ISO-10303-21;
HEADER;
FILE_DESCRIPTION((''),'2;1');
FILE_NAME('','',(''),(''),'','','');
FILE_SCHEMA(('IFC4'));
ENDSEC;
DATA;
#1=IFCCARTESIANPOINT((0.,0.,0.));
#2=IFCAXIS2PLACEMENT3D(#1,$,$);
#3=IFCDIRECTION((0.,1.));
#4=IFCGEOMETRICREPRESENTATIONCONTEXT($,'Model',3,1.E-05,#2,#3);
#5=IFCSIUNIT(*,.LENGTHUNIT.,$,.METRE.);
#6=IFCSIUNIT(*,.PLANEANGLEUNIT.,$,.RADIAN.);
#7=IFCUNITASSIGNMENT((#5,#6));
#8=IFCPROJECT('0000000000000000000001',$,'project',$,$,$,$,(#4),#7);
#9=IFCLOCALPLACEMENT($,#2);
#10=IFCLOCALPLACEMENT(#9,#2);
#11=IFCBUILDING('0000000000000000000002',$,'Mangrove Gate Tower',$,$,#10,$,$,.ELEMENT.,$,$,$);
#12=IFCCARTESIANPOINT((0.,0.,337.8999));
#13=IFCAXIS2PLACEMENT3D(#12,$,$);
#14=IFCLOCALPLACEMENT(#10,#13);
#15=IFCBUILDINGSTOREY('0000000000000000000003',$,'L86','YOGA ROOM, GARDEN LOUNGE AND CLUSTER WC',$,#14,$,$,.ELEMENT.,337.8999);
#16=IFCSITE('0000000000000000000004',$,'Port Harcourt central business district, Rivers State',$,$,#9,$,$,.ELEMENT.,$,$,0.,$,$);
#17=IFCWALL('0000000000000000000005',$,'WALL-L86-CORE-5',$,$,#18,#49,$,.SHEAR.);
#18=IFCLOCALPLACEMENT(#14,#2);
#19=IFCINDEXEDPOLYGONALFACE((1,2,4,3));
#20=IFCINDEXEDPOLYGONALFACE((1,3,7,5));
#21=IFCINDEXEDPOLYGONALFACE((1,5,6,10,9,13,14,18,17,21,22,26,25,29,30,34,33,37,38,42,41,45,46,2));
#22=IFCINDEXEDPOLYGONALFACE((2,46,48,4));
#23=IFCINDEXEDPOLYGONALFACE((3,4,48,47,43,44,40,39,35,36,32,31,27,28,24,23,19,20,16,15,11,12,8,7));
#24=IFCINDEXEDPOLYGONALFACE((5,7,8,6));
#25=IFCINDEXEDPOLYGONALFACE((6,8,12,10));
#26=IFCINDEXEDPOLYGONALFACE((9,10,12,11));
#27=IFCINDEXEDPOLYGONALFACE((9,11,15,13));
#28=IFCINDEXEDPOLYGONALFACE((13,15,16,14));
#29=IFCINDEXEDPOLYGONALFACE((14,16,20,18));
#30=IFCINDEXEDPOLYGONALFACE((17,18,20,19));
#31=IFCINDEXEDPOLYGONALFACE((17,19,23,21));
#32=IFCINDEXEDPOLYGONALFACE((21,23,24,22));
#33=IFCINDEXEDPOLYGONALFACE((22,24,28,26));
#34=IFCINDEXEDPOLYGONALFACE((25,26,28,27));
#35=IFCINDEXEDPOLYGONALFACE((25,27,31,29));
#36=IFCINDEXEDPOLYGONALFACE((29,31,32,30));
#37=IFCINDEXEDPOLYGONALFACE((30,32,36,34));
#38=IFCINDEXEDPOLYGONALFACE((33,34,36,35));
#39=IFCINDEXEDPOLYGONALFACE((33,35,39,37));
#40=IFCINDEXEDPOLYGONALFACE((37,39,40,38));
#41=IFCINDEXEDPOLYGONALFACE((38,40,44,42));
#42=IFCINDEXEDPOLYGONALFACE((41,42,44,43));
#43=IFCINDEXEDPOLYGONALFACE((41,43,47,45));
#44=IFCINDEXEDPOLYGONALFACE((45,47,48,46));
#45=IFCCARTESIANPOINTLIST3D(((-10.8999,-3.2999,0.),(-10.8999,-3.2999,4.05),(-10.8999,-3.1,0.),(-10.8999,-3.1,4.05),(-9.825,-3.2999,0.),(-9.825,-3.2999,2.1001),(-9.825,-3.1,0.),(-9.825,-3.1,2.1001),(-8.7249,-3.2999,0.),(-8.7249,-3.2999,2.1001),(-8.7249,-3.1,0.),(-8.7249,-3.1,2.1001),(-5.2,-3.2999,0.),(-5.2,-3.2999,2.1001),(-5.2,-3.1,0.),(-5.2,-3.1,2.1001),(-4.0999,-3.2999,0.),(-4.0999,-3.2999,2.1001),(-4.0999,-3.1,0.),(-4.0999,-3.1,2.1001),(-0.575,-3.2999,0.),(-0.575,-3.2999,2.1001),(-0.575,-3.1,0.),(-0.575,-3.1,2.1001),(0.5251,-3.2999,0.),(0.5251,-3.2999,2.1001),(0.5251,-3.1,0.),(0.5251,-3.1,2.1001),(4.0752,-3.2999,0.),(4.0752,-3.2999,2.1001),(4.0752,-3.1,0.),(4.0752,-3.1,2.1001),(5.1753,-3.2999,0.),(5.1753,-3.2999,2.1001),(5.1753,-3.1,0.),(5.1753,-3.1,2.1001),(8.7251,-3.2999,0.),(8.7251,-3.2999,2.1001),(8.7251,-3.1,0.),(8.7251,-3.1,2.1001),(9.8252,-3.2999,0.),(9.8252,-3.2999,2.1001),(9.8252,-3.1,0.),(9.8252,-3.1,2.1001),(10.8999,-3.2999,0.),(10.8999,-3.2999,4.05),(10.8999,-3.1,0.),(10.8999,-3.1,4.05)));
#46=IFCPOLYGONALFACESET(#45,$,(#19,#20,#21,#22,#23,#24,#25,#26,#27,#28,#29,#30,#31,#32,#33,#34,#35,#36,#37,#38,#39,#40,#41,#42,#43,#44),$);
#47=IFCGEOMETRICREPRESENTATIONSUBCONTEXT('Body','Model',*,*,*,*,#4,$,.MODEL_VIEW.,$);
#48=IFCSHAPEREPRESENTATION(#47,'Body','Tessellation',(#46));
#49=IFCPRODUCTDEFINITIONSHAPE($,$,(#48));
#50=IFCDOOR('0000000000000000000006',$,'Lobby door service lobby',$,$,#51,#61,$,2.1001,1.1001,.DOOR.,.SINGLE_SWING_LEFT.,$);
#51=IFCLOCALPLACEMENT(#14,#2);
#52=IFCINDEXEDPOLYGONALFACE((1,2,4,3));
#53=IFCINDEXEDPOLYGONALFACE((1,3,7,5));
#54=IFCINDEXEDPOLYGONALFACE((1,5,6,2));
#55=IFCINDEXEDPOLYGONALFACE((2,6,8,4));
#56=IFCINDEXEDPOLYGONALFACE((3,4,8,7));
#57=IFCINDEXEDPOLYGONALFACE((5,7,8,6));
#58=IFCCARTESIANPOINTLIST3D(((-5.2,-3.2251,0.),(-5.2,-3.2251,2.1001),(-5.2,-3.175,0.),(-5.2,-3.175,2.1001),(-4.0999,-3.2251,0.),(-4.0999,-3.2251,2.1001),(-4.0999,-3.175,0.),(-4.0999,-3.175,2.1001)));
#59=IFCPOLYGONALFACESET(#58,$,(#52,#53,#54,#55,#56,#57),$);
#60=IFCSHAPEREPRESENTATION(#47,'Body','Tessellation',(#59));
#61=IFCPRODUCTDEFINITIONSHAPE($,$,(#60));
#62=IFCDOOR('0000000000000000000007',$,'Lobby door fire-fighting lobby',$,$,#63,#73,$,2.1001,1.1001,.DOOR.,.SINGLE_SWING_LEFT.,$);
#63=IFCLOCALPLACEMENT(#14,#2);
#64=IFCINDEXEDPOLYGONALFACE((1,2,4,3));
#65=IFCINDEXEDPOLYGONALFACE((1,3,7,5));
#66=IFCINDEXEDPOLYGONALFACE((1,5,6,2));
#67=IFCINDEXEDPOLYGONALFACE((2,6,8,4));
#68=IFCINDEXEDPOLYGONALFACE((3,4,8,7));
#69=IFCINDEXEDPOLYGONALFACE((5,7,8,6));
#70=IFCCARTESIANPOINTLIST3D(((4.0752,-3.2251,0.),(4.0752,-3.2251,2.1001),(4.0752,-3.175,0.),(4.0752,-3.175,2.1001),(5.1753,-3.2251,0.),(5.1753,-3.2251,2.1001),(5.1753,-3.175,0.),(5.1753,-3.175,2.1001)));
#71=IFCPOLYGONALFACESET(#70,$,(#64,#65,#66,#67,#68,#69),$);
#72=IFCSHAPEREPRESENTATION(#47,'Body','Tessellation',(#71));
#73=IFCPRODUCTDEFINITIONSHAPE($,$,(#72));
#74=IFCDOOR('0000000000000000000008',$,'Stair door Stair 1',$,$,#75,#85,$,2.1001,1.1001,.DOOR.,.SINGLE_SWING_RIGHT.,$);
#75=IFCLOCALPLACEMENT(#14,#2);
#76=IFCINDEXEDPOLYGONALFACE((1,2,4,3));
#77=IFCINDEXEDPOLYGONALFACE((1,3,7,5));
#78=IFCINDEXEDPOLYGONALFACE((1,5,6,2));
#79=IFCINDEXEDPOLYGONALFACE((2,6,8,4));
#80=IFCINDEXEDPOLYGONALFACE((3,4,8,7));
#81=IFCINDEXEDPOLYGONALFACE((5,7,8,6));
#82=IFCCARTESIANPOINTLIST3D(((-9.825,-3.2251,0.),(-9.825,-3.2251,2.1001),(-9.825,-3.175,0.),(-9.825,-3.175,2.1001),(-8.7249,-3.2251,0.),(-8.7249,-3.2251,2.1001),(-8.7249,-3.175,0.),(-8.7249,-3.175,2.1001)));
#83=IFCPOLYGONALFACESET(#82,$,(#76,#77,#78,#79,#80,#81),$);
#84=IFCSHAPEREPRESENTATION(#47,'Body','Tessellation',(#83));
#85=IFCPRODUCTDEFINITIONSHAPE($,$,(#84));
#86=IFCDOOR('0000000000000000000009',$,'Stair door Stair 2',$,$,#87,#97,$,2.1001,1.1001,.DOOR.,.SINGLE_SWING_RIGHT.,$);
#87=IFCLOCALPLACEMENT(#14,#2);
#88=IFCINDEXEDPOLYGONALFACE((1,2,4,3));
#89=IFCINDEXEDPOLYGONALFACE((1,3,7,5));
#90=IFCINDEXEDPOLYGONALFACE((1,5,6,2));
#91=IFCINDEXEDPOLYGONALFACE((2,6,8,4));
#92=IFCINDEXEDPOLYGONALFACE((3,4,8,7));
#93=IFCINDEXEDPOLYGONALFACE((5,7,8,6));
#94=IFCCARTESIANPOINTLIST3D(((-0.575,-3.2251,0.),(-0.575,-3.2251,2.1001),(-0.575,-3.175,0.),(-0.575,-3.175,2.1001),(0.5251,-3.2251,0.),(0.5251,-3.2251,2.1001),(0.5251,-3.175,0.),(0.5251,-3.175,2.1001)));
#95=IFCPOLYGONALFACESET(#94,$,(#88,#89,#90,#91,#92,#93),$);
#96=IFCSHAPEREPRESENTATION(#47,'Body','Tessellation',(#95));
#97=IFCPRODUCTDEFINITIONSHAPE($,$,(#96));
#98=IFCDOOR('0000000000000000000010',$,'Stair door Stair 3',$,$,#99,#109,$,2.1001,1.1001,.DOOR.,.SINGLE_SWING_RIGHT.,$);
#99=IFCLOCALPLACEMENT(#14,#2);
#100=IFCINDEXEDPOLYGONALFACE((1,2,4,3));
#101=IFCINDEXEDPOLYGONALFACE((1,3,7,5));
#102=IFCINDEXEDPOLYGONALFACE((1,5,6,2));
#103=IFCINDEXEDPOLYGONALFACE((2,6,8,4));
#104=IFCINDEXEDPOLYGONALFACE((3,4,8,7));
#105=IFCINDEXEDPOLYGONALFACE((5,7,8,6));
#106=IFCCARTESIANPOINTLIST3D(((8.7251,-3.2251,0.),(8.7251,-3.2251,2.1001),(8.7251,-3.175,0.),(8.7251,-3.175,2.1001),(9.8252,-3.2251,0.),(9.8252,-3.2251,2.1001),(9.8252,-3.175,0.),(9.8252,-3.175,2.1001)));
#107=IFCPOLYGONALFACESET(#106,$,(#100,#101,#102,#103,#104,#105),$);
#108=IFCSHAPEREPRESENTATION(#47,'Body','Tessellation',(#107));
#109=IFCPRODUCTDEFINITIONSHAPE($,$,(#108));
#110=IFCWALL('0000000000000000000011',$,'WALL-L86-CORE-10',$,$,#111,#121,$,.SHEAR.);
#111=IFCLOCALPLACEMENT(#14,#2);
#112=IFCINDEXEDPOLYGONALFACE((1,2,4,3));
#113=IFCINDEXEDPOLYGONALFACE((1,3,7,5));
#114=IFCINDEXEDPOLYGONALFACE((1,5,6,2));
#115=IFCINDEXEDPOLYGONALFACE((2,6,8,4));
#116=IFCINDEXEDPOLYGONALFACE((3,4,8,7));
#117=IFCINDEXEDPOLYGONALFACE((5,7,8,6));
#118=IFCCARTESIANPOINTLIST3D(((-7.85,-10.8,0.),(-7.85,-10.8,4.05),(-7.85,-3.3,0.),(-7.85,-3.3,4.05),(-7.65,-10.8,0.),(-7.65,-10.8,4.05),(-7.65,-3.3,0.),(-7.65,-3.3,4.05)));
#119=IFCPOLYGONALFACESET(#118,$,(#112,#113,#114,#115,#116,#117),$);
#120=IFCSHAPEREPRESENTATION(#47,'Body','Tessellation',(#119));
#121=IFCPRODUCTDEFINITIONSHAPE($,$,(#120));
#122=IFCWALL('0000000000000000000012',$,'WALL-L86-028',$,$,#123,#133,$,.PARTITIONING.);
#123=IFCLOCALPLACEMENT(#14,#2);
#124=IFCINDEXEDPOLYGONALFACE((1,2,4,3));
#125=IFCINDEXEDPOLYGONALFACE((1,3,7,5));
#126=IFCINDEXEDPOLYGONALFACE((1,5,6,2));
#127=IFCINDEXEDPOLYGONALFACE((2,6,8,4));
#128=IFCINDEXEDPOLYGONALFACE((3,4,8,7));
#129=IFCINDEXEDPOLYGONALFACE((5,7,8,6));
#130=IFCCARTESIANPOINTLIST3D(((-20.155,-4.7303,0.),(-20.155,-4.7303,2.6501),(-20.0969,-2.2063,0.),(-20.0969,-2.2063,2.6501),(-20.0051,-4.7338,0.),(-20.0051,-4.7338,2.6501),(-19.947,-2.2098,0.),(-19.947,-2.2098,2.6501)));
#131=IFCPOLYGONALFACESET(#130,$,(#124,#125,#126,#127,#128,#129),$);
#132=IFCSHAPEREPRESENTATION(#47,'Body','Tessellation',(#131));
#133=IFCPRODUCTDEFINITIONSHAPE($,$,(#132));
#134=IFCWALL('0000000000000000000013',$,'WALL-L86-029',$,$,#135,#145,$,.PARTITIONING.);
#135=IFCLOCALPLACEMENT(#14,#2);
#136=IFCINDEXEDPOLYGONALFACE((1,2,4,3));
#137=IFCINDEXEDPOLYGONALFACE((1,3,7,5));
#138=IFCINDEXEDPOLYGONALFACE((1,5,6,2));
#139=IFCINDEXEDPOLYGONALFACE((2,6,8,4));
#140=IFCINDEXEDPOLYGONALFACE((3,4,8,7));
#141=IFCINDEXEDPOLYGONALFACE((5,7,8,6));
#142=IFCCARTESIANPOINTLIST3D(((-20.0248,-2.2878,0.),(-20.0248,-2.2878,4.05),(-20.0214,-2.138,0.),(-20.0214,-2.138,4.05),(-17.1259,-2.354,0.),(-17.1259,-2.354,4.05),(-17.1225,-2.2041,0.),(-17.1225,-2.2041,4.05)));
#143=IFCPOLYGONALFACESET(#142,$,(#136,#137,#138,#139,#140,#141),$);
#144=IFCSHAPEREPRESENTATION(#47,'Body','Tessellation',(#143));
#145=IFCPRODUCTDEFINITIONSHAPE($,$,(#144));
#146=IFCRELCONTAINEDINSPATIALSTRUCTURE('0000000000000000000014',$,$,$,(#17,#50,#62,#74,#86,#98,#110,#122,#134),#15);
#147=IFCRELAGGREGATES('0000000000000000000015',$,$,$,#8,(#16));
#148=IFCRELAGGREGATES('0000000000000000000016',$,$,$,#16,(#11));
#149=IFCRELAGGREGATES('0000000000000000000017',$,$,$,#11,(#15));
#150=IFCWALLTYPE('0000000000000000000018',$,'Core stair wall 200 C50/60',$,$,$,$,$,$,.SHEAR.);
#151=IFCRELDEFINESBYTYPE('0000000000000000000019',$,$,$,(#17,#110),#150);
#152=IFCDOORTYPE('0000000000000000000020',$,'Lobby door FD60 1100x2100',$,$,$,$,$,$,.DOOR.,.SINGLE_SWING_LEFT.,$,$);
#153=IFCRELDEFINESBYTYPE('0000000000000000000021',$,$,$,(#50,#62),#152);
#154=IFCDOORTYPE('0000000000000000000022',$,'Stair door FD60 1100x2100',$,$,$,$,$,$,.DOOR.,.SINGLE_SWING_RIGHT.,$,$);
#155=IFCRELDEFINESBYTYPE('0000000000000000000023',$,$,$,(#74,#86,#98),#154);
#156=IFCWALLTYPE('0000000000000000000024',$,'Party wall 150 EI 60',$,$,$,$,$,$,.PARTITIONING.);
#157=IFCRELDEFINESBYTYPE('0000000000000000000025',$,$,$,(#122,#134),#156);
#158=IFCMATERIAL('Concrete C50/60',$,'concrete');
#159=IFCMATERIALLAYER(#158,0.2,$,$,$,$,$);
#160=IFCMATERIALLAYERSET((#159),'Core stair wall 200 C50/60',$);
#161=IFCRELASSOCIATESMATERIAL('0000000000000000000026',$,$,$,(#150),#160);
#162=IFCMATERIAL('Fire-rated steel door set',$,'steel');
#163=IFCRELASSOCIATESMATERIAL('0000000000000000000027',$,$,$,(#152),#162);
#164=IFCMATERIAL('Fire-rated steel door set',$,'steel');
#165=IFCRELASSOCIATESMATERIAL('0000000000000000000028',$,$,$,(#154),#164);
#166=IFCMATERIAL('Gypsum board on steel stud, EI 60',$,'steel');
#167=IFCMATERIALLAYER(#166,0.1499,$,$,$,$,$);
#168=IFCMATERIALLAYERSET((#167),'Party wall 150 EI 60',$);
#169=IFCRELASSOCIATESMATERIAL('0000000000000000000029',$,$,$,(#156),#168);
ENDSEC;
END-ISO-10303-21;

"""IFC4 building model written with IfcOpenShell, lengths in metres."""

from ifc_helpers import new_model, si_unit, direction, frame, frame_2d, origin, place, context, subcontext, project, spatial, rectangle, extrude, material, layer, layer_set, type_object, element, fill, save


model = new_model("IFC4")

# Units and contexts
model_context = context("Model", 3, precision=1e-05, world=origin(), true_north=direction((0.0, 1.0)))
body_context = subcontext(model_context, "Body", "Model", "MODEL_VIEW")
ifc_project = project(units=[si_unit("LENGTHUNIT", "METRE"), si_unit("PLANEANGLEUNIT", "RADIAN")], contexts=[model_context])

# Site, building, storey
site_placement = place(None, origin())
site = spatial("IfcSite", under=ifc_project, at=site_placement, Name="Port Harcourt central business district, Rivers State", CompositionType="ELEMENT", RefElevation=0.0)
building_placement = place(site_placement, origin())
building = spatial("IfcBuilding", under=site, at=building_placement, Name="Mangrove Gate Tower", CompositionType="ELEMENT")
storey_placement = place(building_placement, frame((0.0, 0.0, 337.8999)))
storey = spatial("IfcBuildingStorey", under=building, at=storey_placement, Name="L86", Description="YOGA ROOM, GARDEN LOUNGE AND CLUSTER WC", CompositionType="ELEMENT", Elevation=337.8999)

# Wall, openings, doors
ifc_material_1 = material(Name="Concrete C50/60", Category="concrete")
ifc_layer_1 = layer(ifc_material_1, 0.2)
ifc_layer_set_1 = layer_set([ifc_layer_1], Name="Core stair wall 200 C50/60")
wall_type_1 = type_object("IfcWallType", Name="Core stair wall 200 C50/60", PredefinedType="SHEAR", material=ifc_layer_set_1)
wall_1_placement = place(storey_placement, frame((-10.8999, -3.2, 0.0), z_axis=(0.0, 0.0, 1.0), x_axis=(1.0, 0.0, 0.0)))
wall_1 = element("IfcWall", 1, at=wall_1_placement, inside=storey, type_object=wall_type_1, Name="WALL-L86-CORE-5", PredefinedType="SHEAR", context=body_context, shape_type="SweptSolid", body=[
    extrude(rectangle(XDim=21.7998, YDim=0.2, at=frame_2d((10.8999, 0.0))), origin(), (0.0, 0.0, 1.0), 4.05),
])
opening_1_placement = place(wall_1_placement, frame((1.075, 0.0, 0.0)))
opening_1 = element("IfcOpeningElement", 2, at=opening_1_placement, cuts=wall_1, PredefinedType="OPENING", context=body_context, shape_type="SweptSolid", body=[
    extrude(rectangle(XDim=1.1001, YDim=2.1001, at=frame_2d((0.55, 1.05))), frame((0.0, 0.1099, 0.0), z_axis=(0.0, -1.0, 0.0), x_axis=(1.0, 0.0, 0.0)), (0.0, 0.0, 1.0), 0.22),
])
opening_2_placement = place(wall_1_placement, frame((10.325, 0.0, 0.0)))
opening_2 = element("IfcOpeningElement", 3, at=opening_2_placement, cuts=wall_1, PredefinedType="OPENING", context=body_context, shape_type="SweptSolid", body=[
    extrude(rectangle(XDim=1.1001, YDim=2.1001, at=frame_2d((0.55, 1.05))), frame((0.0, 0.1099, 0.0), z_axis=(0.0, -1.0, 0.0), x_axis=(1.0, 0.0, 0.0)), (0.0, 0.0, 1.0), 0.22),
])
opening_3_placement = place(wall_1_placement, frame((19.625, 0.0, 0.0)))
opening_3 = element("IfcOpeningElement", 4, at=opening_3_placement, cuts=wall_1, PredefinedType="OPENING", context=body_context, shape_type="SweptSolid", body=[
    extrude(rectangle(XDim=1.1001, YDim=2.1001, at=frame_2d((0.55, 1.05))), frame((0.0, 0.1099, 0.0), z_axis=(0.0, -1.0, 0.0), x_axis=(1.0, 0.0, 0.0)), (0.0, 0.0, 1.0), 0.22),
])
opening_4_placement = place(wall_1_placement, frame((5.7, 0.0, 0.0)))
opening_4 = element("IfcOpeningElement", 5, at=opening_4_placement, cuts=wall_1, PredefinedType="OPENING", context=body_context, shape_type="SweptSolid", body=[
    extrude(rectangle(XDim=1.1001, YDim=2.1001, at=frame_2d((0.55, 1.05))), frame((0.0, 0.1099, 0.0), z_axis=(0.0, -1.0, 0.0), x_axis=(1.0, 0.0, 0.0)), (0.0, 0.0, 1.0), 0.22),
])
opening_5_placement = place(wall_1_placement, frame((14.9751, 0.0, 0.0)))
opening_5 = element("IfcOpeningElement", 6, at=opening_5_placement, cuts=wall_1, PredefinedType="OPENING", context=body_context, shape_type="SweptSolid", body=[
    extrude(rectangle(XDim=1.1001, YDim=2.1001, at=frame_2d((0.55, 1.05))), frame((0.0, 0.1099, 0.0), z_axis=(0.0, -1.0, 0.0), x_axis=(1.0, 0.0, 0.0)), (0.0, 0.0, 1.0), 0.22),
])
ifc_material_2 = material(Name="Fire-rated steel door set", Category="steel")
door_type_1 = type_object("IfcDoorType", Name="Lobby door FD60 1100x2100", OperationType="SINGLE_SWING_LEFT", PredefinedType="DOOR", material=ifc_material_2)
door_1_placement = place(opening_4_placement, origin())
door_1 = element("IfcDoor", 7, at=door_1_placement, inside=storey, type_object=door_type_1, Name="Lobby door service lobby", OperationType="SINGLE_SWING_LEFT", OverallHeight=2.1001, OverallWidth=1.1001, PredefinedType="DOOR", context=body_context, shape_type="SweptSolid", body=[
    extrude(rectangle(XDim=1.1001, YDim=2.1001, at=frame_2d((0.55, 1.05))), frame((0.0, 0.0249, 0.0), z_axis=(0.0, -1.0, 0.0), x_axis=(1.0, 0.0, 0.0)), (0.0, 0.0, 1.0), 0.05),
])
fill(opening_4, door_1)
door_2_placement = place(opening_5_placement, origin())
door_2 = element("IfcDoor", 8, at=door_2_placement, inside=storey, type_object=door_type_1, Name="Lobby door fire-fighting lobby", OperationType="SINGLE_SWING_LEFT", OverallHeight=2.1001, OverallWidth=1.1001, PredefinedType="DOOR", context=body_context, shape_type="SweptSolid", body=[
    extrude(rectangle(XDim=1.1001, YDim=2.1001, at=frame_2d((0.55, 1.05))), frame((0.0, 0.0249, 0.0), z_axis=(0.0, -1.0, 0.0), x_axis=(1.0, 0.0, 0.0)), (0.0, 0.0, 1.0), 0.05),
])
fill(opening_5, door_2)
ifc_material_3 = material(Name="Fire-rated steel door set", Category="steel")
door_type_2 = type_object("IfcDoorType", Name="Stair door FD60 1100x2100", OperationType="SINGLE_SWING_RIGHT", PredefinedType="DOOR", material=ifc_material_3)
door_3_placement = place(opening_1_placement, origin())
door_3 = element("IfcDoor", 9, at=door_3_placement, inside=storey, type_object=door_type_2, Name="Stair door Stair 1", OperationType="SINGLE_SWING_RIGHT", OverallHeight=2.1001, OverallWidth=1.1001, PredefinedType="DOOR", context=body_context, shape_type="SweptSolid", body=[
    extrude(rectangle(XDim=1.1001, YDim=2.1001, at=frame_2d((0.55, 1.05))), frame((0.0, 0.0249, 0.0), z_axis=(0.0, -1.0, 0.0), x_axis=(1.0, 0.0, 0.0)), (0.0, 0.0, 1.0), 0.05),
])
fill(opening_1, door_3)
door_4_placement = place(opening_2_placement, origin())
door_4 = element("IfcDoor", 10, at=door_4_placement, inside=storey, type_object=door_type_2, Name="Stair door Stair 2", OperationType="SINGLE_SWING_RIGHT", OverallHeight=2.1001, OverallWidth=1.1001, PredefinedType="DOOR", context=body_context, shape_type="SweptSolid", body=[
    extrude(rectangle(XDim=1.1001, YDim=2.1001, at=frame_2d((0.55, 1.05))), frame((0.0, 0.0249, 0.0), z_axis=(0.0, -1.0, 0.0), x_axis=(1.0, 0.0, 0.0)), (0.0, 0.0, 1.0), 0.05),
])
fill(opening_2, door_4)
door_5_placement = place(opening_3_placement, origin())
door_5 = element("IfcDoor", 11, at=door_5_placement, inside=storey, type_object=door_type_2, Name="Stair door Stair 3", OperationType="SINGLE_SWING_RIGHT", OverallHeight=2.1001, OverallWidth=1.1001, PredefinedType="DOOR", context=body_context, shape_type="SweptSolid", body=[
    extrude(rectangle(XDim=1.1001, YDim=2.1001, at=frame_2d((0.55, 1.05))), frame((0.0, 0.0249, 0.0), z_axis=(0.0, -1.0, 0.0), x_axis=(1.0, 0.0, 0.0)), (0.0, 0.0, 1.0), 0.05),
])
fill(opening_3, door_5)

# Walls
wall_2_placement = place(storey_placement, frame((-7.75, -10.8, 0.0), z_axis=(0.0, 0.0, 1.0), x_axis=(0.0, 1.0, 0.0)))
element("IfcWall", 12, at=wall_2_placement, inside=storey, type_object=wall_type_1, Name="WALL-L86-CORE-10", PredefinedType="SHEAR", context=body_context, shape_type="SweptSolid", body=[
    extrude(rectangle(XDim=7.5, YDim=0.2, at=frame_2d((3.75, 0.0))), origin(), (0.0, 0.0, 1.0), 4.05),
])
ifc_material_4 = material(Name="Gypsum board on steel stud, EI 60", Category="steel")
ifc_layer_2 = layer(ifc_material_4, 0.1499)
ifc_layer_set_2 = layer_set([ifc_layer_2], Name="Party wall 150 EI 60")
wall_type_2 = type_object("IfcWallType", Name="Party wall 150 EI 60", PredefinedType="PARTITIONING", material=ifc_layer_set_2)
wall_3_placement = place(storey_placement, frame((-20.0801, -4.7319, 0.0), z_axis=(0.0, 0.0, 1.0), x_axis=(0.023016, 0.999735, 0.0)))
element("IfcWall", 13, at=wall_3_placement, inside=storey, type_object=wall_type_2, Name="WALL-L86-028", PredefinedType="PARTITIONING", context=body_context, shape_type="SweptSolid", body=[
    extrude(rectangle(XDim=2.5247, YDim=0.1499, at=frame_2d((1.2622, 0.0))), origin(), (0.0, 0.0, 1.0), 2.6501),
])
wall_4_placement = place(storey_placement, frame((-20.0229, -2.2129, 0.0), z_axis=(0.0, 0.0, 1.0), x_axis=(0.99974, -0.022817, 0.0)))
element("IfcWall", 14, at=wall_4_placement, inside=storey, type_object=wall_type_2, Name="WALL-L86-029", PredefinedType="PARTITIONING", context=body_context, shape_type="SweptSolid", body=[
    extrude(rectangle(XDim=2.8997, YDim=0.1499, at=frame_2d((1.4497, 0.0))), origin(), (0.0, 0.0, 1.0), 4.05),
])

save(model, "model.ifc")
